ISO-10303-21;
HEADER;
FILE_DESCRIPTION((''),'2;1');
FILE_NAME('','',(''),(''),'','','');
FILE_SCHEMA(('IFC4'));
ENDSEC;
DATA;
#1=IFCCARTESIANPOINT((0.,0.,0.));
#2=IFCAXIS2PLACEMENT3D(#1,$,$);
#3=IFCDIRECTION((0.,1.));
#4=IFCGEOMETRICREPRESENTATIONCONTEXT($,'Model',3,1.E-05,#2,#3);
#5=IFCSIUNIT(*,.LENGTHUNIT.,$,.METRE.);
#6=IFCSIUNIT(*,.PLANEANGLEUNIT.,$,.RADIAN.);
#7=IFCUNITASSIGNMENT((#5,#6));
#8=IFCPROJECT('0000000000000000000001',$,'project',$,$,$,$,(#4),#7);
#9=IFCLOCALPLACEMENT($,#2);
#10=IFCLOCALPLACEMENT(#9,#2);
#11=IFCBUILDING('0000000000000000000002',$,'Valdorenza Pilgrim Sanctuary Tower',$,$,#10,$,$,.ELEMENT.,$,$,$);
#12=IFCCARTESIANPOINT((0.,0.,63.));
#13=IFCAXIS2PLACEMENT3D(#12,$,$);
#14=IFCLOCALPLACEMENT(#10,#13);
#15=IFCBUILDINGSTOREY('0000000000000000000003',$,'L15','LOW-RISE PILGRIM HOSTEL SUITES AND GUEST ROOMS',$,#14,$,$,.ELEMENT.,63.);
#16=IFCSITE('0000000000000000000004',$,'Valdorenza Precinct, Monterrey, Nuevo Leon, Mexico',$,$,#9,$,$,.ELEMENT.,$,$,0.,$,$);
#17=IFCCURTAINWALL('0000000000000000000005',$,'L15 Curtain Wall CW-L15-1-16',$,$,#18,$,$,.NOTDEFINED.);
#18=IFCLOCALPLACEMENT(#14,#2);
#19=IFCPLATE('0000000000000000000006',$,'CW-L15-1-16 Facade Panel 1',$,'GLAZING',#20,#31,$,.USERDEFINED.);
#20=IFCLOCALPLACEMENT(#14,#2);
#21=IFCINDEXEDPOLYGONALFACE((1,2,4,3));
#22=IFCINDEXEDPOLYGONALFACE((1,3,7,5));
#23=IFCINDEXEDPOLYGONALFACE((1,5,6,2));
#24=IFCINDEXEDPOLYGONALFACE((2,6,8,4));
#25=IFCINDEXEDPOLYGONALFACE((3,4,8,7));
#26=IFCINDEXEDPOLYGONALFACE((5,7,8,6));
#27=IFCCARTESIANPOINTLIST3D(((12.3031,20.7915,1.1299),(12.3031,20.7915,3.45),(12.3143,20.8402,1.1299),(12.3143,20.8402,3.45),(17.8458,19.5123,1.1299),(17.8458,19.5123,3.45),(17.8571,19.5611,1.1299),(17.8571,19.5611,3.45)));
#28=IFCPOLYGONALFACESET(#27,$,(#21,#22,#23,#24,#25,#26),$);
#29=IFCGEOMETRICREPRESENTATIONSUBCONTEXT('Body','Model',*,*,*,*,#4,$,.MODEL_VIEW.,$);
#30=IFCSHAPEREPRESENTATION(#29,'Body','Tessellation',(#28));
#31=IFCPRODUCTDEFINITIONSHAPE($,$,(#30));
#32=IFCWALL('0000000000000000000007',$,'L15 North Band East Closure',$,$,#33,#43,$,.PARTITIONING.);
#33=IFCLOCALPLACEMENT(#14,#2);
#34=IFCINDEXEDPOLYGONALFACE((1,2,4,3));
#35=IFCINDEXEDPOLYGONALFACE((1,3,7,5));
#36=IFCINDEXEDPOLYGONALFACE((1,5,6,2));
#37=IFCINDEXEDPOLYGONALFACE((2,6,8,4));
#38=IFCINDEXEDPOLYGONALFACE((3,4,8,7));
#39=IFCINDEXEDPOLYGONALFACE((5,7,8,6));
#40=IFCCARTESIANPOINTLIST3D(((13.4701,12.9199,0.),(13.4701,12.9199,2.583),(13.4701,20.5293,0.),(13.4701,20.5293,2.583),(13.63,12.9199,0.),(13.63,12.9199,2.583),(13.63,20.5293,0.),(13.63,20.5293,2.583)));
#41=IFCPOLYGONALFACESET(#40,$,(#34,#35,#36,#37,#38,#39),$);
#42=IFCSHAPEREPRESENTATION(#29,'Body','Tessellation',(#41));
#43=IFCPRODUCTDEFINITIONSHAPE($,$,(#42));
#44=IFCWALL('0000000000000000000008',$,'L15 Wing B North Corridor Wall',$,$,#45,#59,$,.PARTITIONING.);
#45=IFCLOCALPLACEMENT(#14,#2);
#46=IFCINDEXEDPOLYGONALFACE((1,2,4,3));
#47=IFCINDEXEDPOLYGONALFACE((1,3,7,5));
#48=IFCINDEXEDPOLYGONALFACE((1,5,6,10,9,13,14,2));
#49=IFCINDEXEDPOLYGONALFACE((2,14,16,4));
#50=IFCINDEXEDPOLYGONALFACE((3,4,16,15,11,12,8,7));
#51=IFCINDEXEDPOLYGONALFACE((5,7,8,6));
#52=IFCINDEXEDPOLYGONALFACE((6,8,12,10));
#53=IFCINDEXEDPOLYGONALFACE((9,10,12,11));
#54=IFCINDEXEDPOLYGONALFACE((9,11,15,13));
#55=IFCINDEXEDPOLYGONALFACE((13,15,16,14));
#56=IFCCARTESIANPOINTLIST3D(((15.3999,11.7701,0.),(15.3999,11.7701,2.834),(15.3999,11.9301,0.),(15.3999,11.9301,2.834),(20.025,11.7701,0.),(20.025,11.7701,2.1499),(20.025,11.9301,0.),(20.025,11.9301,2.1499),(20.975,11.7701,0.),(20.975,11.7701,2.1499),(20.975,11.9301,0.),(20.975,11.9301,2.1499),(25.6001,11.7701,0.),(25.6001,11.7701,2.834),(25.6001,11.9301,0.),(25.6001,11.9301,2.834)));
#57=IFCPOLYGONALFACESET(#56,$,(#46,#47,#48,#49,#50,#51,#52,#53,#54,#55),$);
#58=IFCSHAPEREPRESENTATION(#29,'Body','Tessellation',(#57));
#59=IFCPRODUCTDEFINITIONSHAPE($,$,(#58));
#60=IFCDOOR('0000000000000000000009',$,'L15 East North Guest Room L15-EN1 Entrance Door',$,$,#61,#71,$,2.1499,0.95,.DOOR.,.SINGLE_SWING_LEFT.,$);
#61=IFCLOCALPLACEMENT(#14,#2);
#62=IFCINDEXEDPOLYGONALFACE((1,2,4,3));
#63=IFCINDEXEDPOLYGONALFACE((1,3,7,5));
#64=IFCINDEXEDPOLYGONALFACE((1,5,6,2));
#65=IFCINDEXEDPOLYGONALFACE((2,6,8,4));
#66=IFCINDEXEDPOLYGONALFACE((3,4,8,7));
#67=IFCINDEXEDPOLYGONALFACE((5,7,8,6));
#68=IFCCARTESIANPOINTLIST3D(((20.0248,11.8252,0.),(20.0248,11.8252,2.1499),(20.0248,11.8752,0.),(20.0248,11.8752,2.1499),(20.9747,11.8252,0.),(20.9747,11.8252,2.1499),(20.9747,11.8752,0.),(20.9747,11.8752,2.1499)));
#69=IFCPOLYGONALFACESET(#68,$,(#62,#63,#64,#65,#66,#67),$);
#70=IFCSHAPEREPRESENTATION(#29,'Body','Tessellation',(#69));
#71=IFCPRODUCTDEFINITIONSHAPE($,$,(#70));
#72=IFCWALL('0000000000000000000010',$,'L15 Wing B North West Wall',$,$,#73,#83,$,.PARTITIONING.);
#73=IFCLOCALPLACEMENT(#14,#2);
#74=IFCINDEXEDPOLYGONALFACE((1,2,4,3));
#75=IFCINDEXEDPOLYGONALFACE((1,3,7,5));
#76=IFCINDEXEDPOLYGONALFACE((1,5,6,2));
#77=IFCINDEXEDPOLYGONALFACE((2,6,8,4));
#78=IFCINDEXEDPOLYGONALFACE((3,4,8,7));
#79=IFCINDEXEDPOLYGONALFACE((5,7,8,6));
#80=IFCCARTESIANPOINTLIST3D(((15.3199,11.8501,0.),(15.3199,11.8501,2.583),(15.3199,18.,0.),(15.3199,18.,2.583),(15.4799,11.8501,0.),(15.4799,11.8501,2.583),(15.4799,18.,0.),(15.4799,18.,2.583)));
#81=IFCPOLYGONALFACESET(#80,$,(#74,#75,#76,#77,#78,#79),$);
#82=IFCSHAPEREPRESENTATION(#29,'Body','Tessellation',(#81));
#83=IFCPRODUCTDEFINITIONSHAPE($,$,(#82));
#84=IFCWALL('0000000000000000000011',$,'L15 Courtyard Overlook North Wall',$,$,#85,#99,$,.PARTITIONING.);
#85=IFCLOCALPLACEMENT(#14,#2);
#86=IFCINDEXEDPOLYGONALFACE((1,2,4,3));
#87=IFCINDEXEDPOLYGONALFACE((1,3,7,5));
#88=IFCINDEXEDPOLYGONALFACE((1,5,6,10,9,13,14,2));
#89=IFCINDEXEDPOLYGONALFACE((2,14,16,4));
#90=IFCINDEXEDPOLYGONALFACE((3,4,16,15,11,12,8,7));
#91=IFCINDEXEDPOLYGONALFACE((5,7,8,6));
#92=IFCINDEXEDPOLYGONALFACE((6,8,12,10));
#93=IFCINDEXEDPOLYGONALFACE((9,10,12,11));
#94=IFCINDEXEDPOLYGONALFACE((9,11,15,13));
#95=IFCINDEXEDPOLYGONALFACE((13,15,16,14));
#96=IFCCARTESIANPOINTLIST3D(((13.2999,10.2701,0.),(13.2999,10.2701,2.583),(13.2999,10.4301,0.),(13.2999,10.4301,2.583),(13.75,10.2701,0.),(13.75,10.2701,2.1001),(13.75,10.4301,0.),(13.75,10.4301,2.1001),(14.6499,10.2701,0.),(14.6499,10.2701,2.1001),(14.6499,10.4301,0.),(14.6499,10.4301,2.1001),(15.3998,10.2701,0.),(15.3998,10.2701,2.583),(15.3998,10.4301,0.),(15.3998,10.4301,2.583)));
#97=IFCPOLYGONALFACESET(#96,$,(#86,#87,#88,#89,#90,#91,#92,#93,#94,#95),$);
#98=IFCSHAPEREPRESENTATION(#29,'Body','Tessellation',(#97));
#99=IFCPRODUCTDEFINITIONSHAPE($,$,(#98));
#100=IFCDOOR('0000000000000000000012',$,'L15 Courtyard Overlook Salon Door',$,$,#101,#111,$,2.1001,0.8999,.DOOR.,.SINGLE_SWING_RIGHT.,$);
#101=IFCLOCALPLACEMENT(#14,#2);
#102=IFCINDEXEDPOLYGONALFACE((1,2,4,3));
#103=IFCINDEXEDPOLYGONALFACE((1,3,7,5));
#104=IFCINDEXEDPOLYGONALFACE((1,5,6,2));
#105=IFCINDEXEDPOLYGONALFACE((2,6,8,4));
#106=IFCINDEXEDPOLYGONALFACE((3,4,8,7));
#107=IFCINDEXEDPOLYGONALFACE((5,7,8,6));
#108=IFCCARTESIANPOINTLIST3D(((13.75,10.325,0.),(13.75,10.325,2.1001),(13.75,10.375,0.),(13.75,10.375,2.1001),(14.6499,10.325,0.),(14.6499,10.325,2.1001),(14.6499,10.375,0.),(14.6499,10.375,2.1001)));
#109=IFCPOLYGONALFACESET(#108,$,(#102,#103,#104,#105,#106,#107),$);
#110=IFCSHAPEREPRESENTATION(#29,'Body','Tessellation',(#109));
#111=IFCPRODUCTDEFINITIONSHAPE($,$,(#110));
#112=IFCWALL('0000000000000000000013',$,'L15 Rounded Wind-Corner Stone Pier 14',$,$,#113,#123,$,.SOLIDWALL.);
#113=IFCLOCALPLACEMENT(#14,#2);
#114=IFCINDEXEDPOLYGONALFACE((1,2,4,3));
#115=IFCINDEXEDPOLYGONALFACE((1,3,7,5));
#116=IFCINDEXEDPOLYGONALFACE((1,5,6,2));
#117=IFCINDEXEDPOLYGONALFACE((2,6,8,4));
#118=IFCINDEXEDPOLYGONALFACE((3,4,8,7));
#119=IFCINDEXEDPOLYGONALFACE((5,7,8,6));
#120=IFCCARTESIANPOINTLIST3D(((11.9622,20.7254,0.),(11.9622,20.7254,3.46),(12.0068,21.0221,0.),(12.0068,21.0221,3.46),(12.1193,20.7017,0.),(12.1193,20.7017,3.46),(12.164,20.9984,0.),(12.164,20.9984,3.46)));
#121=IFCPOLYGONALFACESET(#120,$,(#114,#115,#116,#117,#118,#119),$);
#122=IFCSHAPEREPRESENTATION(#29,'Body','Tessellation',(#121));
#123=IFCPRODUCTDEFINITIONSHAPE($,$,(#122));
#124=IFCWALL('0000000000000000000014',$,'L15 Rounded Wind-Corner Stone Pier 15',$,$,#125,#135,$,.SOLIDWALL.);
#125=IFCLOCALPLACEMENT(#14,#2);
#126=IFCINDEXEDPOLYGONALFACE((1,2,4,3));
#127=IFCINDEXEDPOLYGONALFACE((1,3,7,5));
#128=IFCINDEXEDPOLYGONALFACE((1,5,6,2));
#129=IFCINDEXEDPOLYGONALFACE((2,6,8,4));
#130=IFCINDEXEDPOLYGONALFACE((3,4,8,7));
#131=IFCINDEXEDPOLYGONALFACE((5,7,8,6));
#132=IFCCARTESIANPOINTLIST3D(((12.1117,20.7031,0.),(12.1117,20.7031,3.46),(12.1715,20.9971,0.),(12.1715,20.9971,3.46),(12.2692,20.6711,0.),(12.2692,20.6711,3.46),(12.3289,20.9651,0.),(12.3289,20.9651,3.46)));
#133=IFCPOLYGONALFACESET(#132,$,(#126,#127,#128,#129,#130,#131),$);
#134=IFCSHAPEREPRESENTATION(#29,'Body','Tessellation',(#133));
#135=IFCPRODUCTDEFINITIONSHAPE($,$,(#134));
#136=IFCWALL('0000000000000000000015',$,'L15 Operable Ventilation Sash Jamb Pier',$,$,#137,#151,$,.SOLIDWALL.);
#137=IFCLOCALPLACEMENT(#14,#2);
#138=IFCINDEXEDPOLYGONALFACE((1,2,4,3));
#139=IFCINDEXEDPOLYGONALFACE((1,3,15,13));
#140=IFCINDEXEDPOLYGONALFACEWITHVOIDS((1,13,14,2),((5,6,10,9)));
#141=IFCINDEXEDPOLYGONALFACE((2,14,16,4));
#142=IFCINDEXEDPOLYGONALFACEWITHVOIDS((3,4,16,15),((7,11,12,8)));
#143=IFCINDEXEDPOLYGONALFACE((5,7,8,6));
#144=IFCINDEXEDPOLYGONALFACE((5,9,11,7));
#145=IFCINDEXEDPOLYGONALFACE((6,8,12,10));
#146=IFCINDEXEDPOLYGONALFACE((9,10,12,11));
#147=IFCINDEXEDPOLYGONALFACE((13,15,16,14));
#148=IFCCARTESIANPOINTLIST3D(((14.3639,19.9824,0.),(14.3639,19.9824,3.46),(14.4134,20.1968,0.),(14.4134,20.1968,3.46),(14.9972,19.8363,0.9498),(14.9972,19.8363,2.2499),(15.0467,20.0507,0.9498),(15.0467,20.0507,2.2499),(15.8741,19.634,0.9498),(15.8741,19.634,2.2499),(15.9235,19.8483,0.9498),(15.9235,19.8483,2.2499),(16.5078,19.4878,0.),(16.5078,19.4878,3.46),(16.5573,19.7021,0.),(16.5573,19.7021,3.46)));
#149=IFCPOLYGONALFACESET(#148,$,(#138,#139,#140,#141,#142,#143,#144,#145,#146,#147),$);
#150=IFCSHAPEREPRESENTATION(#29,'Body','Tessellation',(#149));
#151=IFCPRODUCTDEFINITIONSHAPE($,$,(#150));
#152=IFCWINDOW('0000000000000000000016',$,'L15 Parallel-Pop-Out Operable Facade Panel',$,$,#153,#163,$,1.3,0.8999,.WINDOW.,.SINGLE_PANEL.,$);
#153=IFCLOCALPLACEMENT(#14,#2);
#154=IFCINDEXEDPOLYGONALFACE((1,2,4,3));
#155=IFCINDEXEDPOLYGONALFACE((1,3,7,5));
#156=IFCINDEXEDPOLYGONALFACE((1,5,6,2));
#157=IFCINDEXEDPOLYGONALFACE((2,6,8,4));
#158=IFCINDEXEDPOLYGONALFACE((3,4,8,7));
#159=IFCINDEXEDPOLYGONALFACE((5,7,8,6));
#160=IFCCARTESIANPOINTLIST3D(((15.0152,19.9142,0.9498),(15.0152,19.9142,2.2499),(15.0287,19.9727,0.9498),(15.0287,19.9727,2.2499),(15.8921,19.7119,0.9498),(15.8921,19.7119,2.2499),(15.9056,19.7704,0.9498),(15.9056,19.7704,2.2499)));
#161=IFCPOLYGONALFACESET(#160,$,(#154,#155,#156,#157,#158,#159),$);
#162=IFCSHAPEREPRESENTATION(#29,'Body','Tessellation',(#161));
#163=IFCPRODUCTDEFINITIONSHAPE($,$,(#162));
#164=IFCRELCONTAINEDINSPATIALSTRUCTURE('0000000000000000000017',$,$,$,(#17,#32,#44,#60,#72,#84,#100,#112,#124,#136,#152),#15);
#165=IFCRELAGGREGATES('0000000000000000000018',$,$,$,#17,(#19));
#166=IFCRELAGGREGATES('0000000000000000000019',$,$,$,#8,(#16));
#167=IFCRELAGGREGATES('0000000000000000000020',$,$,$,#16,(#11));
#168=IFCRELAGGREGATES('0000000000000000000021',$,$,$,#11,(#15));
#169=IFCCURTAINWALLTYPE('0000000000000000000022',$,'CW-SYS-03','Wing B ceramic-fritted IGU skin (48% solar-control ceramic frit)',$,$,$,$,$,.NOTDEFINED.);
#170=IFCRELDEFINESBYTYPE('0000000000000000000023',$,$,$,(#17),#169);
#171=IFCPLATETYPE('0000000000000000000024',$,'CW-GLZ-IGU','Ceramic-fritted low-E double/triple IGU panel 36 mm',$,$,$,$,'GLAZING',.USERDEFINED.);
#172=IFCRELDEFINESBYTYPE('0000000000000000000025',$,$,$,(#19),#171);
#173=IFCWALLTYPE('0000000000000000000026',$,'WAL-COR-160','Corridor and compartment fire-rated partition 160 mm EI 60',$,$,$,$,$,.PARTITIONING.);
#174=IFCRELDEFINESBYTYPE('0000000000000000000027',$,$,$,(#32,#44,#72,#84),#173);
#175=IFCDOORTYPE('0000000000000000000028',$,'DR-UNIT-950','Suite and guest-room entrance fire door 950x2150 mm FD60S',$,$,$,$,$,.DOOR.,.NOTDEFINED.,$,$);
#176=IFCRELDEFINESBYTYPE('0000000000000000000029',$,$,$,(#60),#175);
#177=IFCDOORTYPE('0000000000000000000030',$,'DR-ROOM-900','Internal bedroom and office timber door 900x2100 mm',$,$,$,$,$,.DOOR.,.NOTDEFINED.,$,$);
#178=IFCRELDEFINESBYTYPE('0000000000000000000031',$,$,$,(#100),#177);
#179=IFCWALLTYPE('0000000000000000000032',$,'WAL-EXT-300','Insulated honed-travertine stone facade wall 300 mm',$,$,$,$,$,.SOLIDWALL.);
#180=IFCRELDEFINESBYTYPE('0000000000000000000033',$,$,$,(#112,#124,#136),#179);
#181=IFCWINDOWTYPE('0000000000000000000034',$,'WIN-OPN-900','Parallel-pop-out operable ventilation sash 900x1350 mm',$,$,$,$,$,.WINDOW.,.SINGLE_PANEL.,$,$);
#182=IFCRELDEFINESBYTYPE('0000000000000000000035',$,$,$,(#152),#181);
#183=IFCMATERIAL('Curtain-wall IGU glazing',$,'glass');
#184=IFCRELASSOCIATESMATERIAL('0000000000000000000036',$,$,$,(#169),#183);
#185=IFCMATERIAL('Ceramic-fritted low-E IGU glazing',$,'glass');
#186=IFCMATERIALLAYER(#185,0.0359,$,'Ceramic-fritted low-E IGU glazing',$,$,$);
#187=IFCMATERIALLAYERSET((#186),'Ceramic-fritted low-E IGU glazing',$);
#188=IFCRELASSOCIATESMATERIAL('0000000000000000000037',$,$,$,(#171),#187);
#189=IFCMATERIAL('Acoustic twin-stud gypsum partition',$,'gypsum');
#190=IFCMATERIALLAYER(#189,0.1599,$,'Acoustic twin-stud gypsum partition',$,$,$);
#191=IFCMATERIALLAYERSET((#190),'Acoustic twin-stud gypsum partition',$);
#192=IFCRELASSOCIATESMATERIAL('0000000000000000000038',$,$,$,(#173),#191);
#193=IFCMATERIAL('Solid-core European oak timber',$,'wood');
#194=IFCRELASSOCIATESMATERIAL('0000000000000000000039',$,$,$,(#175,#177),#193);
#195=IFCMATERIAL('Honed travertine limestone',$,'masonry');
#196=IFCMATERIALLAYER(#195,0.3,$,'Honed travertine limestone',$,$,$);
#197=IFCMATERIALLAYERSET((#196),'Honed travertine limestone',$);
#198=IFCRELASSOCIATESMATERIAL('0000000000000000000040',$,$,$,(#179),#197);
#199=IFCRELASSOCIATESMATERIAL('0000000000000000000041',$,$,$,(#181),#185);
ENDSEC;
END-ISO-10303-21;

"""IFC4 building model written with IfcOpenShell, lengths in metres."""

from ifc_helpers import new_model, si_unit, direction, frame, frame_2d, origin, origin_2d, place, context, subcontext, project, spatial, rectangle, extrude, source, transform, mapped, material, layer, layer_set, type_object, element, fill, aggregate, save


model = new_model("IFC4")

# Units and contexts
model_context = context("Model", 3, precision=1e-05, world=origin(), true_north=direction((0.0, 1.0)))
body_context = subcontext(model_context, "Body", "Model", "MODEL_VIEW")
ifc_project = project(units=[si_unit("LENGTHUNIT", "METRE"), si_unit("PLANEANGLEUNIT", "RADIAN")], contexts=[model_context])

# Site, building, storey
site_placement = place(None, origin())
site = spatial("IfcSite", under=ifc_project, at=site_placement, Name="Valdorenza Precinct, Monterrey, Nuevo Leon, Mexico", CompositionType="ELEMENT", RefElevation=0.0)
building_placement = place(site_placement, origin())
building = spatial("IfcBuilding", under=site, at=building_placement, Name="Valdorenza Pilgrim Sanctuary Tower", CompositionType="ELEMENT")
storey_placement = place(building_placement, frame((0.0, 0.0, 63.0)))
storey = spatial("IfcBuildingStorey", under=building, at=storey_placement, Name="L15", Description="LOW-RISE PILGRIM HOSTEL SUITES AND GUEST ROOMS", CompositionType="ELEMENT", Elevation=63.0)

# Curtain wall, plate
ifc_material_1 = material(Name="Curtain-wall IGU glazing", Category="glass")
curtain_wall_type = type_object("IfcCurtainWallType", Name="CW-SYS-03", Description="Wing B ceramic-fritted IGU skin (48% solar-control ceramic frit)", PredefinedType="NOTDEFINED", material=ifc_material_1)
curtain_wall_placement = place(storey_placement, origin())
curtain_wall = element("IfcCurtainWall", 1, at=curtain_wall_placement, inside=storey, type_object=curtain_wall_type, Name="L15 Curtain Wall CW-L15-1-16", PredefinedType="NOTDEFINED")
ifc_material_2 = material(Name="Honed travertine limestone", Category="masonry")
ifc_material_3 = material(Name="Ceramic-fritted low-E IGU glazing", Category="glass")
ifc_layer_1 = layer(ifc_material_3, 0.0359, Name="Ceramic-fritted low-E IGU glazing")
ifc_layer_set_1 = layer_set([ifc_layer_1], Name="Ceramic-fritted low-E IGU glazing")
plate_type_1 = type_object("IfcPlateType", Name="CW-GLZ-IGU", Description="Ceramic-fritted low-E double/triple IGU panel 36 mm", ElementType="GLAZING", PredefinedType="USERDEFINED", material=ifc_layer_set_1)
shared_shape_1 = source(origin(), body_context, "Body", "SweptSolid", [
    extrude(rectangle(XDim=5.6885, YDim=0.05, at=origin_2d()), origin(), (0.0, 0.0, 1.0), 2.3201),
])
plate_1_placement = place(storey_placement, frame((15.0801, 20.1763, 1.1299), z_axis=(0.0, 0.0, 1.0), x_axis=(0.97439, -0.224866, 0.0)))
plate_1 = element("IfcPlate", 2, at=plate_1_placement, type_object=plate_type_1, Name="CW-L15-1-16 Facade Panel 1", ObjectType="GLAZING", PredefinedType="USERDEFINED", context=body_context, shape_type="MappedRepresentation", body=[
    mapped(shared_shape_1, transform((0.0, 0.0, 0.0), x_axis=(1.0, 0.0, 0.0), y_axis=(0.0, 1.0, 0.0), z_axis=(0.0, 0.0, 1.0), scale=1.0)),
])
aggregate(curtain_wall, [plate_1])

# Wall
ifc_material_4 = material(Name="Acoustic twin-stud gypsum partition", Category="gypsum")
ifc_layer_2 = layer(ifc_material_4, 0.1599, Name="Acoustic twin-stud gypsum partition")
ifc_layer_set_2 = layer_set([ifc_layer_2], Name="Acoustic twin-stud gypsum partition")
wall_type_1 = type_object("IfcWallType", Name="WAL-COR-160", Description="Corridor and compartment fire-rated partition 160 mm EI 60", PredefinedType="PARTITIONING", material=ifc_layer_set_2)
wall_1_placement = place(storey_placement, frame((13.55, 12.9199, 0.0), z_axis=(0.0, 0.0, 1.0), x_axis=(0.0, 1.0, 0.0)))
element("IfcWall", 3, at=wall_1_placement, inside=storey, type_object=wall_type_1, Name="L15 North Band East Closure", PredefinedType="PARTITIONING", context=body_context, shape_type="SweptSolid", body=[
    extrude(rectangle(XDim=7.6094, YDim=0.1599, at=frame_2d((3.8047, 0.0))), origin(), (0.0, 0.0, 1.0), 2.583),
])

# Wall, opening, door
wall_2_placement = place(storey_placement, frame((15.3999, 11.8501, 0.0), z_axis=(0.0, 0.0, 1.0), x_axis=(1.0, 0.0, 0.0)))
wall_2 = element("IfcWall", 4, at=wall_2_placement, inside=storey, type_object=wall_type_1, Name="L15 Wing B North Corridor Wall", PredefinedType="PARTITIONING", context=body_context, shape_type="SweptSolid", body=[
    extrude(rectangle(XDim=10.2002, YDim=0.1599, at=frame_2d((5.1001, 0.0))), origin(), (0.0, 0.0, 1.0), 2.834),
])
opening_1_placement = place(wall_2_placement, frame((4.625, 0.0, 0.0)))
opening_1 = element("IfcOpeningElement", 5, at=opening_1_placement, cuts=wall_2, PredefinedType="OPENING", context=body_context, shape_type="SweptSolid", body=[
    extrude(rectangle(XDim=0.95, YDim=2.1499, at=frame_2d((0.4751, 1.075))), frame((0.0, 0.0947, 0.0), z_axis=(0.0, -1.0, 0.0), x_axis=(1.0, 0.0, 0.0)), (0.0, 0.0, 1.0), 0.1897),
])
ifc_material_5 = material(Name="Solid-core European oak timber", Category="wood")
door_type_1 = type_object("IfcDoorType", Name="DR-UNIT-950", Description="Suite and guest-room entrance fire door 950x2150 mm FD60S", OperationType="NOTDEFINED", PredefinedType="DOOR", material=ifc_material_5)
door_1_placement = place(opening_1_placement, frame((0.95, 0.0, 0.0), z_axis=(0.0, 0.0, 1.0), x_axis=(-1.0, 0.0, 0.0)))
door_1 = element("IfcDoor", 6, at=door_1_placement, inside=storey, type_object=door_type_1, Name="L15 East North Guest Room L15-EN1 Entrance Door", OperationType="SINGLE_SWING_LEFT", OverallHeight=2.1499, OverallWidth=0.95, PredefinedType="DOOR", context=body_context, shape_type="SweptSolid", body=[
    extrude(rectangle(XDim=0.95, YDim=2.1499, at=frame_2d((0.4751, 1.075))), frame((0.0, 0.0249, 0.0), z_axis=(0.0, -1.0, 0.0), x_axis=(1.0, 0.0, 0.0)), (0.0, 0.0, 1.0), 0.05),
])
fill(opening_1, door_1)

# Wall
wall_3_placement = place(storey_placement, frame((15.3999, 11.8501, 0.0), z_axis=(0.0, 0.0, 1.0), x_axis=(0.0, 1.0, 0.0)))
element("IfcWall", 7, at=wall_3_placement, inside=storey, type_object=wall_type_1, Name="L15 Wing B North West Wall", PredefinedType="PARTITIONING", context=body_context, shape_type="SweptSolid", body=[
    extrude(rectangle(XDim=6.1499, YDim=0.1599, at=frame_2d((3.075, 0.0))), origin(), (0.0, 0.0, 1.0), 2.583),
])

# Wall, opening, door
wall_4_placement = place(storey_placement, frame((13.3, 10.3501, 0.0), z_axis=(0.0, 0.0, 1.0), x_axis=(1.0, 0.0, 0.0)))
wall_4 = element("IfcWall", 8, at=wall_4_placement, inside=storey, type_object=wall_type_1, Name="L15 Courtyard Overlook North Wall", PredefinedType="PARTITIONING", context=body_context, shape_type="SweptSolid", body=[
    extrude(rectangle(XDim=2.0999, YDim=0.1599, at=frame_2d((1.0498, 0.0))), origin(), (0.0, 0.0, 1.0), 2.583),
])
opening_2_placement = place(wall_4_placement, frame((0.45, 0.0, 0.0)))
opening_2 = element("IfcOpeningElement", 9, at=opening_2_placement, cuts=wall_4, PredefinedType="OPENING", context=body_context, shape_type="SweptSolid", body=[
    extrude(rectangle(XDim=0.8999, YDim=2.1001, at=frame_2d((0.45, 1.05))), frame((0.0, 0.0947, 0.0), z_axis=(0.0, -1.0, 0.0), x_axis=(1.0, 0.0, 0.0)), (0.0, 0.0, 1.0), 0.1897),
])
door_type_2 = type_object("IfcDoorType", Name="DR-ROOM-900", Description="Internal bedroom and office timber door 900x2100 mm", OperationType="NOTDEFINED", PredefinedType="DOOR", material=ifc_material_5)
door_2_placement = place(opening_2_placement, origin())
door_2 = element("IfcDoor", 10, at=door_2_placement, inside=storey, type_object=door_type_2, Name="L15 Courtyard Overlook Salon Door", OperationType="SINGLE_SWING_RIGHT", OverallHeight=2.1001, OverallWidth=0.8999, PredefinedType="DOOR", context=body_context, shape_type="SweptSolid", body=[
    extrude(rectangle(XDim=0.8999, YDim=2.1001, at=frame_2d((0.45, 1.05))), frame((0.0, 0.0249, 0.0), z_axis=(0.0, -1.0, 0.0), x_axis=(1.0, 0.0, 0.0)), (0.0, 0.0, 1.0), 0.05),
])
fill(opening_2, door_2)

# Walls
ifc_layer_3 = layer(ifc_material_2, 0.3, Name="Honed travertine limestone")
ifc_layer_set_3 = layer_set([ifc_layer_3], Name="Honed travertine limestone")
wall_type_2 = type_object("IfcWallType", Name="WAL-EXT-300", Description="Insulated honed-travertine stone facade wall 300 mm", PredefinedType="SOLIDWALL", material=ifc_layer_set_3)
wall_5_placement = place(storey_placement, frame((11.9844, 20.8738, 0.0), z_axis=(0.0, 0.0, 1.0), x_axis=(0.988846, -0.148941, 0.0)))
element("IfcWall", 11, at=wall_5_placement, inside=storey, type_object=wall_type_2, Name="L15 Rounded Wind-Corner Stone Pier 14", PredefinedType="SOLIDWALL", context=body_context, shape_type="SweptSolid", body=[
    extrude(rectangle(XDim=0.1589, YDim=0.3, at=frame_2d((0.0796, 0.0))), origin(), (0.0, 0.0, 1.0), 3.46),
])
wall_6_placement = place(storey_placement, frame((12.1416, 20.8501, 0.0), z_axis=(0.0, 0.0, 1.0), x_axis=(0.979992, -0.199037, 0.0)))
element("IfcWall", 12, at=wall_6_placement, inside=storey, type_object=wall_type_2, Name="L15 Rounded Wind-Corner Stone Pier 15", PredefinedType="SOLIDWALL", context=body_context, shape_type="SweptSolid", body=[
    extrude(rectangle(XDim=0.1606, YDim=0.3, at=frame_2d((0.0803, 0.0))), origin(), (0.0, 0.0, 1.0), 3.46),
])

# Wall, opening, window
wall_7_placement = place(storey_placement, frame((14.3887, 20.0896, 0.0), z_axis=(0.0, 0.0, 1.0), x_axis=(0.974401, -0.224819, 0.0)))
wall_7 = element("IfcWall", 13, at=wall_7_placement, inside=storey, type_object=wall_type_2, Name="L15 Operable Ventilation Sash Jamb Pier", PredefinedType="SOLIDWALL", context=body_context, shape_type="SweptSolid", body=[
    extrude(rectangle(XDim=2.2002, YDim=0.22, at=frame_2d((1.1001, 0.0))), origin(), (0.0, 0.0, 1.0), 3.46),
])
opening_3_placement = place(wall_7_placement, frame((0.6499, 0.0, 0.95)))
opening_3 = element("IfcOpeningElement", 14, at=opening_3_placement, cuts=wall_7, PredefinedType="OPENING", context=body_context, shape_type="SweptSolid", body=[
    extrude(rectangle(XDim=0.8999, YDim=1.3, at=frame_2d((0.45, 0.6499))), frame((0.0, 0.125, 0.0), z_axis=(0.0, -1.0, 0.0), x_axis=(1.0, 0.0, 0.0)), (0.0, 0.0, 1.0), 0.2498),
])
window_type = type_object("IfcWindowType", Name="WIN-OPN-900", Description="Parallel-pop-out operable ventilation sash 900x1350 mm", PartitioningType="SINGLE_PANEL", PredefinedType="WINDOW", material=ifc_material_3)
window_placement = place(opening_3_placement, origin())
window = element("IfcWindow", 15, at=window_placement, inside=storey, type_object=window_type, Name="L15 Parallel-Pop-Out Operable Facade Panel", OverallHeight=1.3, OverallWidth=0.8999, PartitioningType="SINGLE_PANEL", PredefinedType="WINDOW", context=body_context, shape_type="SweptSolid", body=[
    extrude(rectangle(XDim=0.8999, YDim=1.3, at=frame_2d((0.45, 0.6499))), frame((0.0, 0.03, 0.0), z_axis=(0.0, -1.0, 0.0), x_axis=(1.0, 0.0, 0.0)), (0.0, 0.0, 1.0), 0.0601),
])
fill(opening_3, window)

save(model, "model.ifc")
